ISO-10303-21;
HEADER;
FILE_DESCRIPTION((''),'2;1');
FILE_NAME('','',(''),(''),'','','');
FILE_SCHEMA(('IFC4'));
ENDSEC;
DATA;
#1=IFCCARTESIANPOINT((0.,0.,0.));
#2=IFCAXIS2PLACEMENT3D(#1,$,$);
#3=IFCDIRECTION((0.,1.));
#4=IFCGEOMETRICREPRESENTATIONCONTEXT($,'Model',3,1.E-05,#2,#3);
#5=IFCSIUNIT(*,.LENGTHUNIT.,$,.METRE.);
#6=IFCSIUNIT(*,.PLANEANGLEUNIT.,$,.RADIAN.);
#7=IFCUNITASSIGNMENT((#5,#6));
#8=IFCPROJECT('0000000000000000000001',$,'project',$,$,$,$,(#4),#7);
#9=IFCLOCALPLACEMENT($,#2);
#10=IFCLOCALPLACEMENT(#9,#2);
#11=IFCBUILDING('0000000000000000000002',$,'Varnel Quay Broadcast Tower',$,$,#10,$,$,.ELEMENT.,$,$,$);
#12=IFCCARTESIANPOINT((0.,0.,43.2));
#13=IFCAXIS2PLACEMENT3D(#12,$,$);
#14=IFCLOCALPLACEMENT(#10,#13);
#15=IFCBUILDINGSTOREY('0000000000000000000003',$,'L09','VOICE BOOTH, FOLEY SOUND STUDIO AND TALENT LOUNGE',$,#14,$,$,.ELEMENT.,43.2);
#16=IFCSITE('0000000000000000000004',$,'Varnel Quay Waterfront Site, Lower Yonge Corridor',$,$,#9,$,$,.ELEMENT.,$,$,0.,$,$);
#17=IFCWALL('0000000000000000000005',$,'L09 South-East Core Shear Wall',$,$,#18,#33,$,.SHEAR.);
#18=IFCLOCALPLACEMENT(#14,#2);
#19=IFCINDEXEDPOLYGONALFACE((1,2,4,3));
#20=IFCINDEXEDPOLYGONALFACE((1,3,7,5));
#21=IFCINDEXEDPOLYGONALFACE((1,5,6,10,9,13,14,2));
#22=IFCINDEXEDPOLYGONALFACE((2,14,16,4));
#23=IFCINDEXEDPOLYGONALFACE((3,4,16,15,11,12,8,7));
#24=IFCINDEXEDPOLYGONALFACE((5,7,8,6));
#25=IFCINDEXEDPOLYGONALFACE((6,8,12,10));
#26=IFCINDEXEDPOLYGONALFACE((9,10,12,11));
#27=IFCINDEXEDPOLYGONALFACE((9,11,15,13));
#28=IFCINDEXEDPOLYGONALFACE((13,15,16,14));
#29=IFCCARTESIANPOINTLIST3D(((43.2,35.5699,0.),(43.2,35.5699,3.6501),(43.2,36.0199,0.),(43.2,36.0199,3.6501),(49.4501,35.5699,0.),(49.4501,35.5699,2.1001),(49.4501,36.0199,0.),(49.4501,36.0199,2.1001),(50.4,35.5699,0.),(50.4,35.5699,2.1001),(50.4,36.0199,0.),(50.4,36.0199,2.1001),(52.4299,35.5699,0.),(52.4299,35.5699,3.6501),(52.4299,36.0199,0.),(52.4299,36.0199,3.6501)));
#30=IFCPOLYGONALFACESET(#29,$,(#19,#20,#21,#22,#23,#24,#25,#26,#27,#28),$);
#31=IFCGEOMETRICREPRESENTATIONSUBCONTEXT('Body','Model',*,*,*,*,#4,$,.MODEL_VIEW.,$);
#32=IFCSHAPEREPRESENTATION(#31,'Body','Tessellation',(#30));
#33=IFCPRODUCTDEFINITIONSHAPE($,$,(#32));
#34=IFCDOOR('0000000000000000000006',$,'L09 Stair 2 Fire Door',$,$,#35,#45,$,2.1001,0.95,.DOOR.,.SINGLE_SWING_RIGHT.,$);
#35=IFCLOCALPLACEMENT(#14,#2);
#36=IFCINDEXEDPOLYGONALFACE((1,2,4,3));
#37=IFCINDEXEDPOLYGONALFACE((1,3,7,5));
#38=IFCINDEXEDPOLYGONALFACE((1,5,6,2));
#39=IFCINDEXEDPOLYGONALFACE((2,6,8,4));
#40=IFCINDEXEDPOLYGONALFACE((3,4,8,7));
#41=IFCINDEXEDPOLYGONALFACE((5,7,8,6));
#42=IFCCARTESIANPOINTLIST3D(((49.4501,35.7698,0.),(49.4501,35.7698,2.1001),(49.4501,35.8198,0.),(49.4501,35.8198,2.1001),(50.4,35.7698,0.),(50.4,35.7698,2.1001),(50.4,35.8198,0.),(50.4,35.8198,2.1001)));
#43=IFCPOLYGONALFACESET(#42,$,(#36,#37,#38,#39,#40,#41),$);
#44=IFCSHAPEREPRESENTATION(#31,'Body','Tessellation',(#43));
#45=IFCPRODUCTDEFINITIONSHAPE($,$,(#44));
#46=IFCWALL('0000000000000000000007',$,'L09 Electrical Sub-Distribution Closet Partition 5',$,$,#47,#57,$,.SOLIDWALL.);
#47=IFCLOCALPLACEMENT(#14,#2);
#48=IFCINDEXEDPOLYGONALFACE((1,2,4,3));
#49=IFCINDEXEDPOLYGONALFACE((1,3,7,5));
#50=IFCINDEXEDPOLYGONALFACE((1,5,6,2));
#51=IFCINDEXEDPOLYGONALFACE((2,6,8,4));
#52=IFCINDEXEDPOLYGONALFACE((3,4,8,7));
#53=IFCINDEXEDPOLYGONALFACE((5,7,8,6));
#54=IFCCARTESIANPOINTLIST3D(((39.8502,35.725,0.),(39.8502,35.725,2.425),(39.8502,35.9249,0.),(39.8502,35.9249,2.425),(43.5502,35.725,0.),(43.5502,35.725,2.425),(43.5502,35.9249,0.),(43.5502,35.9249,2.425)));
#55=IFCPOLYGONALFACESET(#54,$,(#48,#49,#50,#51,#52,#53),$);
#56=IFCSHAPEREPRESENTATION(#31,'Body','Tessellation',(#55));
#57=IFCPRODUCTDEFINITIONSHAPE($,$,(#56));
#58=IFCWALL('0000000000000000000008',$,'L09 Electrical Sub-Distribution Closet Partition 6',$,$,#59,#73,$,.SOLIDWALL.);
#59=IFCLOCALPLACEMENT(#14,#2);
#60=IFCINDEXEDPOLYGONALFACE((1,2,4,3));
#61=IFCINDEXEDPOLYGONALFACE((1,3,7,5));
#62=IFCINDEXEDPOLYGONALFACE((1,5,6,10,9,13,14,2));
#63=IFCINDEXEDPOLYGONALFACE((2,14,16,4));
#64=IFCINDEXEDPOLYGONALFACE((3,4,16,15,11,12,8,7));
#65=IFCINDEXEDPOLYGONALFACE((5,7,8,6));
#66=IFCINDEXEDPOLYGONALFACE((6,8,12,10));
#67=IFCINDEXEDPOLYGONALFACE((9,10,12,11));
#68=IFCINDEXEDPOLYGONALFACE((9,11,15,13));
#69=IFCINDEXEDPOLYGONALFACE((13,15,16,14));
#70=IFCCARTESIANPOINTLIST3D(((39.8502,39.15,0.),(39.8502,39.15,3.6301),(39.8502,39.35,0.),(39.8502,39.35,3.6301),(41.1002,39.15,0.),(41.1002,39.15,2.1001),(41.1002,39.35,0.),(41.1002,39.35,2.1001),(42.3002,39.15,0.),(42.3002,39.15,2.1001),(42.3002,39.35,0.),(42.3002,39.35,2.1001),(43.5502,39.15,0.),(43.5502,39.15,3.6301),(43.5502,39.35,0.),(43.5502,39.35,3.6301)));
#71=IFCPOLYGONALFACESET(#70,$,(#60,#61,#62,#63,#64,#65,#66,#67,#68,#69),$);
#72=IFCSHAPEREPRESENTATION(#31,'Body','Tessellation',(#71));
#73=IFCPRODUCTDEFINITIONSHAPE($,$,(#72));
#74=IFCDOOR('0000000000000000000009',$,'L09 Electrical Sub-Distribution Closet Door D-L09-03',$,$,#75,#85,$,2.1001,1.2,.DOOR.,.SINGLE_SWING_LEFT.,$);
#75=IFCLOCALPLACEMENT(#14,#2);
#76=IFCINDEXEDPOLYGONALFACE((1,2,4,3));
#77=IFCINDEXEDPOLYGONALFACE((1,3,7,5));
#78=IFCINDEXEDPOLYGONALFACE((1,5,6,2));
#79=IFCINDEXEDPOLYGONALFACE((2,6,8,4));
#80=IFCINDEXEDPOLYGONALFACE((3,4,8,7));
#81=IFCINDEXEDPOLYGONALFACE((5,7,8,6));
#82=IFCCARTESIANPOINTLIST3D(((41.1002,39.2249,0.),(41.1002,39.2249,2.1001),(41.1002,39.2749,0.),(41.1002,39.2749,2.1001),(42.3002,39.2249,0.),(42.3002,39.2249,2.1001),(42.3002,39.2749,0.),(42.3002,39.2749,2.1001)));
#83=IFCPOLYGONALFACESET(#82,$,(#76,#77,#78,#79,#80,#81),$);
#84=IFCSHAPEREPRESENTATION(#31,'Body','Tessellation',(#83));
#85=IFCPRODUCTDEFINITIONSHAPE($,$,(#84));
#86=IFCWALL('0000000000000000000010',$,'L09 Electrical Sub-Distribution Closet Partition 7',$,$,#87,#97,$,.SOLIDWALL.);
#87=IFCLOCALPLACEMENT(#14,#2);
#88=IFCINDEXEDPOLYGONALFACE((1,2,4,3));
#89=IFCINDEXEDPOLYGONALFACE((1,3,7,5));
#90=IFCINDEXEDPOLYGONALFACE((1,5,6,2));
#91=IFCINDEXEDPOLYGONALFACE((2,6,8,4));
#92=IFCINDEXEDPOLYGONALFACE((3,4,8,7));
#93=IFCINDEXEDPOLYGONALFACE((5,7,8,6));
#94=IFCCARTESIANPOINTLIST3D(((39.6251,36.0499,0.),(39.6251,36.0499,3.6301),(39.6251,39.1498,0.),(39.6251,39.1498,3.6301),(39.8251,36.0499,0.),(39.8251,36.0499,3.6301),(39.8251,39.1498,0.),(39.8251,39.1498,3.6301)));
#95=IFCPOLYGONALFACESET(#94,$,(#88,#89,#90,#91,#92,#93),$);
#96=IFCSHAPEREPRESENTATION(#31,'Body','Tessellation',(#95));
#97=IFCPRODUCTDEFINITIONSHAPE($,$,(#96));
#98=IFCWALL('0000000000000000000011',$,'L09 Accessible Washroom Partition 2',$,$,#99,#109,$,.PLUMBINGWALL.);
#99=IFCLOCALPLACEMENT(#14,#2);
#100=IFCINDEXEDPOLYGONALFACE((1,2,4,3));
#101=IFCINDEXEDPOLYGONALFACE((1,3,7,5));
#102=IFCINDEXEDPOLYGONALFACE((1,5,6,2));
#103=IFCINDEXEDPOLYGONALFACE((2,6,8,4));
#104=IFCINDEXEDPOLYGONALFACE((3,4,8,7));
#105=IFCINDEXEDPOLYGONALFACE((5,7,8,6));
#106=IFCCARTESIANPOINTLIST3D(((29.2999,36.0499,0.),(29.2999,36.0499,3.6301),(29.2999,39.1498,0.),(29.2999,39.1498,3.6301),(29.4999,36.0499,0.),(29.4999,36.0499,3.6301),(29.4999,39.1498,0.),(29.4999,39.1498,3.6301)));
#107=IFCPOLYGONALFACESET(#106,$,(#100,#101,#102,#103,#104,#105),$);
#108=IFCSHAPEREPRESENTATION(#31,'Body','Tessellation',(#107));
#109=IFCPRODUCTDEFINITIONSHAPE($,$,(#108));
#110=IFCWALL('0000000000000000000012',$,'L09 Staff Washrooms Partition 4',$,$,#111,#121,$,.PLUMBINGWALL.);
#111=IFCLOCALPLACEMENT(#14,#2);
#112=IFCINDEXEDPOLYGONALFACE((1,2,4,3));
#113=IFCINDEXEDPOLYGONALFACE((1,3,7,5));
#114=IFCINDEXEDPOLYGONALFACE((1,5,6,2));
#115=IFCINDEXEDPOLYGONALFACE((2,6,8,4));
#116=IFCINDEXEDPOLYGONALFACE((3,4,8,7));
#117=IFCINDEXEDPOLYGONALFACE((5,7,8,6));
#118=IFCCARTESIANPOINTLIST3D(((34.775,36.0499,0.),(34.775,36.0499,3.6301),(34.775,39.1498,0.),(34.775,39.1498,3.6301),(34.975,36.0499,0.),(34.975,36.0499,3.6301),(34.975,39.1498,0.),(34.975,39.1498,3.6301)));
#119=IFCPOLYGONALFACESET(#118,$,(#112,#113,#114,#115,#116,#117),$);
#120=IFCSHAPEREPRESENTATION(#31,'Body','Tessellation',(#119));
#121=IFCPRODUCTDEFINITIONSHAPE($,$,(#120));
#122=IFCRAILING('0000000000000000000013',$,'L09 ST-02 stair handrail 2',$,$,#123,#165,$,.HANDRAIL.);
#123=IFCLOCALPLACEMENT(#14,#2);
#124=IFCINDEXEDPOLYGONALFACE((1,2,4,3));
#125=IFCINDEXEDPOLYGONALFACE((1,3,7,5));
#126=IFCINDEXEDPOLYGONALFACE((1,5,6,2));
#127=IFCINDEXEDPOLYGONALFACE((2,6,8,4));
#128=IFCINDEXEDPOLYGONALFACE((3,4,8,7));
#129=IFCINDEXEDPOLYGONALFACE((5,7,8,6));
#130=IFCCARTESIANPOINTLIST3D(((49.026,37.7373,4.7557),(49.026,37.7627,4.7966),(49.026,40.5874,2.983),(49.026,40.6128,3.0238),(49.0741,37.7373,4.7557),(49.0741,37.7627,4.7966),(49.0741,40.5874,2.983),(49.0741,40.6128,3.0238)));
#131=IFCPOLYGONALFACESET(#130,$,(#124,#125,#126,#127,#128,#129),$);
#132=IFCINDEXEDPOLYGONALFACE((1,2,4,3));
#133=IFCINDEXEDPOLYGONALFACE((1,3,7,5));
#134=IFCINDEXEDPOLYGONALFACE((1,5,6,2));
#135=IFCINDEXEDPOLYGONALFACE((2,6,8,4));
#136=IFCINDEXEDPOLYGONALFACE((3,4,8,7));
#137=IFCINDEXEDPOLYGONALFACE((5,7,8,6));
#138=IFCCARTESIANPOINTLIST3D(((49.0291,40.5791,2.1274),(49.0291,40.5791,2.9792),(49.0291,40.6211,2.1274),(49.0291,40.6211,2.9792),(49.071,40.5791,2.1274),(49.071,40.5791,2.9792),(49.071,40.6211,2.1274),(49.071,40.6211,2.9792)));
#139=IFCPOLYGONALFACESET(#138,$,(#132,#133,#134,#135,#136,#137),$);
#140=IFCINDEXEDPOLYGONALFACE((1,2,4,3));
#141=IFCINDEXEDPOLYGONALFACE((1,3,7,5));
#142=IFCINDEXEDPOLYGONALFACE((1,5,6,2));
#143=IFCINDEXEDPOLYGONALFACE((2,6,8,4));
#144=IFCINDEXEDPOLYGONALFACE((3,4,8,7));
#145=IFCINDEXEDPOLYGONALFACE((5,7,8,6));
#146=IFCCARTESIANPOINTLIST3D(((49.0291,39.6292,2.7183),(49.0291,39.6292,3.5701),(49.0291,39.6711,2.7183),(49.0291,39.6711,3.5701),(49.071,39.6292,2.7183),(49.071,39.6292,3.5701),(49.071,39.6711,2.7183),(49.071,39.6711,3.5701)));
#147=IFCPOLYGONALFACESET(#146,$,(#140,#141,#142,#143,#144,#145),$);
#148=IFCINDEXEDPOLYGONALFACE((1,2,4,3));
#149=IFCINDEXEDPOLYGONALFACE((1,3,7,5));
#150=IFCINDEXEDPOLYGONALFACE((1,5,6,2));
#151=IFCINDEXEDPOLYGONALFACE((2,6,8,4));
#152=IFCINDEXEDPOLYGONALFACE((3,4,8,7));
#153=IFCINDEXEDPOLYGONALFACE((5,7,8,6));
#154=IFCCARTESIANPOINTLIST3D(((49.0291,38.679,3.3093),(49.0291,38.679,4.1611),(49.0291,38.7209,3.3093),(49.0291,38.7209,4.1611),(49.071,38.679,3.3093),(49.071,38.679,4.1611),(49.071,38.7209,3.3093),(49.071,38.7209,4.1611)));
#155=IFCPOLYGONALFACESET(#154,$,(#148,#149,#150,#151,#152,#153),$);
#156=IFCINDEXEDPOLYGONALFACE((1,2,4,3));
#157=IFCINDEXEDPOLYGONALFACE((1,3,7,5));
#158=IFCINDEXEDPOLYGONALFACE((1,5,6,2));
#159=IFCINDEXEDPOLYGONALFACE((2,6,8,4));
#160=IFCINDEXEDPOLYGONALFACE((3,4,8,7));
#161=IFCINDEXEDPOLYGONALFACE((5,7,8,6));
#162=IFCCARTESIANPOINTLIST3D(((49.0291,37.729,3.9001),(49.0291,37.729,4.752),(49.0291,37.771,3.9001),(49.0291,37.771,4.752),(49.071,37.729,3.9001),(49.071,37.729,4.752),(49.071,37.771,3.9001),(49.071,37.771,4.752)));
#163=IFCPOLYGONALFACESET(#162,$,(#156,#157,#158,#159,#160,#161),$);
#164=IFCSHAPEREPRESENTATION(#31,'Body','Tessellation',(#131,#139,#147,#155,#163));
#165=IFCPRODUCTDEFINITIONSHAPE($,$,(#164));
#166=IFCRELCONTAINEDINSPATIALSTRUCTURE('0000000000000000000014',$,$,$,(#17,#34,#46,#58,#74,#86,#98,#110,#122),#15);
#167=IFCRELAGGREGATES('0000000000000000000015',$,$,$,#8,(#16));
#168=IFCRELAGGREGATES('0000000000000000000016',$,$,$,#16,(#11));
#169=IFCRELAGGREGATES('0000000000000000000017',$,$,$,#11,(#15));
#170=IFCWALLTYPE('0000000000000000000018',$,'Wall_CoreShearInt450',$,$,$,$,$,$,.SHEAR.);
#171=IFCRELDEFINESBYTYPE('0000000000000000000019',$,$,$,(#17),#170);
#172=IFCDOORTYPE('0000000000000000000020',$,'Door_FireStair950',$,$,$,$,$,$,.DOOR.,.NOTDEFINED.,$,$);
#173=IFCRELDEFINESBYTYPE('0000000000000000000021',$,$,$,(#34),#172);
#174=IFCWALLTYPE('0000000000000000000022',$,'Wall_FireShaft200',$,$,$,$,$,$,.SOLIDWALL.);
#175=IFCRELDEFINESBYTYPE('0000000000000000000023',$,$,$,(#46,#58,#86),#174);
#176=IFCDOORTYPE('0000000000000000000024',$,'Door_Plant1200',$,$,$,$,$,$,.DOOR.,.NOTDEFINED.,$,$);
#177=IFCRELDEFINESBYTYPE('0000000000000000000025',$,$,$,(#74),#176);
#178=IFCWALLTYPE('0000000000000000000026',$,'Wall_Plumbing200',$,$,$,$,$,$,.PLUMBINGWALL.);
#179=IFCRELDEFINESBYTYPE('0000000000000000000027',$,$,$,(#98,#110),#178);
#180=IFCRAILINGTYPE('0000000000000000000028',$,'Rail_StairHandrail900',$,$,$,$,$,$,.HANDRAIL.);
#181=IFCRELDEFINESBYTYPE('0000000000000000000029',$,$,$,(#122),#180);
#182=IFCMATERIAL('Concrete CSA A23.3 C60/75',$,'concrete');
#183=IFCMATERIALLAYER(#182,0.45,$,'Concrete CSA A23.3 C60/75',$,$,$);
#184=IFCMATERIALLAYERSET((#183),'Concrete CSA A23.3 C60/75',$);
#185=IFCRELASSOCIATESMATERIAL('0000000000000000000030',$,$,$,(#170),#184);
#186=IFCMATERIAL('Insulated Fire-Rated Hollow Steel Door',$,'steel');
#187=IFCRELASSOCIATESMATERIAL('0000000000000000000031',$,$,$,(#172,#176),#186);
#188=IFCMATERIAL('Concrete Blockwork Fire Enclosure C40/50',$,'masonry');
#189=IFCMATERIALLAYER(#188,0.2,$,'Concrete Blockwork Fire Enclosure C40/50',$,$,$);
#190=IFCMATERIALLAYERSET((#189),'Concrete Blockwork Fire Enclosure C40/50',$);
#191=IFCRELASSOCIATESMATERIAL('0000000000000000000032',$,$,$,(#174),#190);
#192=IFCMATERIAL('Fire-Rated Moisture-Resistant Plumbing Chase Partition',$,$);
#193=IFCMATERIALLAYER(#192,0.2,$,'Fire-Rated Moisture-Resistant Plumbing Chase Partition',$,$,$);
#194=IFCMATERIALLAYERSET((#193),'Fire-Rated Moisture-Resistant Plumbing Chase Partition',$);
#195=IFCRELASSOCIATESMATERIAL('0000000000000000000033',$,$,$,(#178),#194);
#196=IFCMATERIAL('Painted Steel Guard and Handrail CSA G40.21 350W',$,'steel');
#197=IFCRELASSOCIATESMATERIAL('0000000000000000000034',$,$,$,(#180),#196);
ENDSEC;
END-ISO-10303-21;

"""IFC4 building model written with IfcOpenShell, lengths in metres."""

from ifc_helpers import new_model, si_unit, direction, frame, frame_2d, origin, origin_2d, place, context, subcontext, project, spatial, rectangle, extrude, source, transform, mapped, material, layer, layer_set, type_object, type_shapes, element, fill, save


model = new_model("IFC4")

# Units and contexts
model_context = context("Model", 3, precision=1e-05, world=origin(), true_north=direction((0.0, 1.0)))
body_context = subcontext(model_context, "Body", "Model", "MODEL_VIEW")
ifc_project = project(units=[si_unit("LENGTHUNIT", "METRE"), si_unit("PLANEANGLEUNIT", "RADIAN")], contexts=[model_context])

# Site, building, storey
site_placement = place(None, origin())
site = spatial("IfcSite", under=ifc_project, at=site_placement, Name="Varnel Quay Waterfront Site, Lower Yonge Corridor", CompositionType="ELEMENT", RefElevation=0.0)
building_placement = place(site_placement, origin())
building = spatial("IfcBuilding", under=site, at=building_placement, Name="Varnel Quay Broadcast Tower", CompositionType="ELEMENT")
storey_placement = place(building_placement, frame((0.0, 0.0, 43.2)))
storey = spatial("IfcBuildingStorey", under=building, at=storey_placement, Name="L09", Description="VOICE BOOTH, FOLEY SOUND STUDIO AND TALENT LOUNGE", CompositionType="ELEMENT", Elevation=43.2)

# Shared definitions
ifc_material_1 = material(Name="Concrete CSA A23.3 C60/75", Category="concrete")

# Wall, opening, door
ifc_layer_1 = layer(ifc_material_1, 0.45, Name="Concrete CSA A23.3 C60/75")
ifc_layer_set_1 = layer_set([ifc_layer_1], Name="Concrete CSA A23.3 C60/75")
wall_type_1 = type_object("IfcWallType", Name="Wall_CoreShearInt450", PredefinedType="SHEAR", material=ifc_layer_set_1)
wall_1_placement = place(storey_placement, frame((43.2, 35.7949, 0.0), z_axis=(0.0, 0.0, 1.0), x_axis=(1.0, 0.0, 0.0)))
wall_1 = element("IfcWall", 1, at=wall_1_placement, inside=storey, type_object=wall_type_1, Name="L09 South-East Core Shear Wall", PredefinedType="SHEAR", context=body_context, shape_type="SweptSolid", body=[
    extrude(rectangle(XDim=9.23, YDim=0.45, at=frame_2d((4.615, 0.0))), origin(), (0.0, 0.0, 1.0), 3.6501),
])
opening_1_placement = place(wall_1_placement, frame((6.25, 0.0, 0.0)))
opening_1 = element("IfcOpeningElement", 2, at=opening_1_placement, cuts=wall_1, PredefinedType="OPENING", context=body_context, shape_type="SweptSolid", body=[
    extrude(rectangle(XDim=0.95, YDim=2.1001, at=frame_2d((0.4751, 1.05))), frame((0.0, 0.2349, 0.0), z_axis=(0.0, -1.0, 0.0), x_axis=(1.0, 0.0, 0.0)), (0.0, 0.0, 1.0), 0.47),
])
ifc_material_2 = material(Name="Insulated Fire-Rated Hollow Steel Door", Category="steel")
door_type_1 = type_object("IfcDoorType", Name="Door_FireStair950", OperationType="NOTDEFINED", PredefinedType="DOOR", material=ifc_material_2)
shared_shape_1 = source(origin(), body_context, "Body", "SweptSolid", [
    extrude(rectangle(XDim=0.95, YDim=2.1001, at=frame_2d((0.4751, 1.05))), frame((0.0, 0.0249, 0.0), z_axis=(0.0, -1.0, 0.0), x_axis=(1.0, 0.0, 0.0)), (0.0, 0.0, 1.0), 0.05),
])
type_shapes(door_type_1, [shared_shape_1])
door_1_placement = place(opening_1_placement, origin())
door_1 = element("IfcDoor", 3, at=door_1_placement, inside=storey, type_object=door_type_1, Name="L09 Stair 2 Fire Door", OperationType="SINGLE_SWING_RIGHT", OverallHeight=2.1001, OverallWidth=0.95, PredefinedType="DOOR", context=body_context, shape_type="MappedRepresentation", body=[
    mapped(shared_shape_1, transform((0.0, 0.0, 0.0), x_axis=(1.0, 0.0, 0.0), y_axis=(0.0, 1.0, 0.0), z_axis=(0.0, 0.0, 1.0), scale=1.0)),
])
fill(opening_1, door_1)

# Wall
ifc_material_3 = material(Name="Concrete Blockwork Fire Enclosure C40/50", Category="masonry")
ifc_layer_2 = layer(ifc_material_3, 0.2, Name="Concrete Blockwork Fire Enclosure C40/50")
ifc_layer_set_2 = layer_set([ifc_layer_2], Name="Concrete Blockwork Fire Enclosure C40/50")
wall_type_2 = type_object("IfcWallType", Name="Wall_FireShaft200", PredefinedType="SOLIDWALL", material=ifc_layer_set_2)
wall_2_placement = place(storey_placement, frame((39.8501, 35.825, 0.0), z_axis=(0.0, 0.0, 1.0), x_axis=(1.0, 0.0, 0.0)))
element("IfcWall", 4, at=wall_2_placement, inside=storey, type_object=wall_type_2, Name="L09 Electrical Sub-Distribution Closet Partition 5", PredefinedType="SOLIDWALL", context=body_context, shape_type="SweptSolid", body=[
    extrude(rectangle(XDim=3.7, YDim=0.2, at=frame_2d((1.8501, 0.0))), origin(), (0.0, 0.0, 1.0), 2.425),
])

# Wall, opening, door
wall_3_placement = place(storey_placement, frame((39.8501, 39.25, 0.0), z_axis=(0.0, 0.0, 1.0), x_axis=(1.0, 0.0, 0.0)))
wall_3 = element("IfcWall", 5, at=wall_3_placement, inside=storey, type_object=wall_type_2, Name="L09 Electrical Sub-Distribution Closet Partition 6", PredefinedType="SOLIDWALL", context=body_context, shape_type="SweptSolid", body=[
    extrude(rectangle(XDim=3.7, YDim=0.2, at=frame_2d((1.8501, 0.0))), origin(), (0.0, 0.0, 1.0), 3.6301),
])
opening_2_placement = place(wall_3_placement, frame((1.25, 0.0, 0.0)))
opening_2 = element("IfcOpeningElement", 6, at=opening_2_placement, cuts=wall_3, PredefinedType="OPENING", context=body_context, shape_type="SweptSolid", body=[
    extrude(rectangle(XDim=1.2, YDim=2.1001, at=frame_2d((0.6001, 1.05))), frame((0.0, 0.1099, 0.0), z_axis=(0.0, -1.0, 0.0), x_axis=(1.0, 0.0, 0.0)), (0.0, 0.0, 1.0), 0.22),
])
door_type_2 = type_object("IfcDoorType", Name="Door_Plant1200", OperationType="NOTDEFINED", PredefinedType="DOOR", material=ifc_material_2)
shared_shape_2 = source(origin(), body_context, "Body", "SweptSolid", [
    extrude(rectangle(XDim=1.2, YDim=2.1001, at=frame_2d((0.6001, 1.05))), frame((0.0, 0.0249, 0.0), z_axis=(0.0, -1.0, 0.0), x_axis=(1.0, 0.0, 0.0)), (0.0, 0.0, 1.0), 0.05),
])
type_shapes(door_type_2, [shared_shape_2])
door_2_placement = place(opening_2_placement, origin())
door_2 = element("IfcDoor", 7, at=door_2_placement, inside=storey, type_object=door_type_2, Name="L09 Electrical Sub-Distribution Closet Door D-L09-03", OperationType="SINGLE_SWING_LEFT", OverallHeight=2.1001, OverallWidth=1.2, PredefinedType="DOOR", context=body_context, shape_type="MappedRepresentation", body=[
    mapped(shared_shape_2, transform((0.0, 0.0, 0.0), x_axis=(1.0, 0.0, 0.0), y_axis=(0.0, 1.0, 0.0), z_axis=(0.0, 0.0, 1.0), scale=1.0)),
])
fill(opening_2, door_2)

# Walls
wall_4_placement = place(storey_placement, frame((39.7251, 36.05, 0.0), z_axis=(0.0, 0.0, 1.0), x_axis=(0.0, 1.0, 0.0)))
element("IfcWall", 8, at=wall_4_placement, inside=storey, type_object=wall_type_2, Name="L09 Electrical Sub-Distribution Closet Partition 7", PredefinedType="SOLIDWALL", context=body_context, shape_type="SweptSolid", body=[
    extrude(rectangle(XDim=3.0999, YDim=0.2, at=frame_2d((1.5498, 0.0))), origin(), (0.0, 0.0, 1.0), 3.6301),
])
ifc_material_4 = material(Name="Fire-Rated Moisture-Resistant Plumbing Chase Partition")
ifc_layer_3 = layer(ifc_material_4, 0.2, Name="Fire-Rated Moisture-Resistant Plumbing Chase Partition")
ifc_layer_set_3 = layer_set([ifc_layer_3], Name="Fire-Rated Moisture-Resistant Plumbing Chase Partition")
wall_type_3 = type_object("IfcWallType", Name="Wall_Plumbing200", PredefinedType="PLUMBINGWALL", material=ifc_layer_set_3)
for number, where, z_axis, x_axis, name in (
    (9, (29.3999, 36.05, 0.0), (0.0, 0.0, 1.0), (0.0, 1.0, 0.0), "L09 Accessible Washroom Partition 2"),
    (10, (34.875, 36.05, 0.0), (0.0, 0.0, 1.0), (0.0, 1.0, 0.0), "L09 Staff Washrooms Partition 4"),
):
    element("IfcWall", number, at=place(storey_placement, frame(where, z_axis=z_axis, x_axis=x_axis)), inside=storey, type_object=wall_type_3, Name=name, PredefinedType="PLUMBINGWALL", context=body_context, shape_type="SweptSolid", body=[
        extrude(rectangle(XDim=3.0999, YDim=0.2, at=frame_2d((1.5498, 0.0))), origin(), (0.0, 0.0, 1.0), 3.6301),
    ])

# Railing
ifc_material_5 = material(Name="Painted Steel Guard and Handrail CSA G40.21 350W", Category="steel")
railing_type = type_object("IfcRailingType", Name="Rail_StairHandrail900", PredefinedType="HANDRAIL", material=ifc_material_5)
railing_placement = place(storey_placement, frame((49.05, 40.6001, 2.1274)))
element("IfcRailing", 11, at=railing_placement, inside=storey, type_object=railing_type, Name="L09 ST-02 stair handrail 2", PredefinedType="HANDRAIL", context=body_context, shape_type="SweptSolid", body=[
    extrude(rectangle(XDim=0.0481, YDim=0.0481, at=origin_2d()), frame((0.0, 0.0, 0.876), z_axis=(0.0, -0.849149, 0.528154), x_axis=(1.0, 0.0, 0.0)), (0.0, 0.0, 1.0), 3.3564),
    extrude(rectangle(XDim=0.042, YDim=0.042, at=origin_2d()), origin(), (0.0, 0.0, 1.0), 0.8518),
    extrude(rectangle(XDim=0.042, YDim=0.042, at=origin_2d()), frame((0.0, -0.95, 0.5908)), (0.0, 0.0, 1.0), 0.8518),
    extrude(rectangle(XDim=0.042, YDim=0.042, at=origin_2d()), frame((0.0, -1.9001, 1.1819)), (0.0, 0.0, 1.0), 0.8518),
    extrude(rectangle(XDim=0.042, YDim=0.042, at=origin_2d()), frame((0.0, -2.8501, 1.7727)), (0.0, 0.0, 1.0), 0.8518),
])

save(model, "model.ifc")
